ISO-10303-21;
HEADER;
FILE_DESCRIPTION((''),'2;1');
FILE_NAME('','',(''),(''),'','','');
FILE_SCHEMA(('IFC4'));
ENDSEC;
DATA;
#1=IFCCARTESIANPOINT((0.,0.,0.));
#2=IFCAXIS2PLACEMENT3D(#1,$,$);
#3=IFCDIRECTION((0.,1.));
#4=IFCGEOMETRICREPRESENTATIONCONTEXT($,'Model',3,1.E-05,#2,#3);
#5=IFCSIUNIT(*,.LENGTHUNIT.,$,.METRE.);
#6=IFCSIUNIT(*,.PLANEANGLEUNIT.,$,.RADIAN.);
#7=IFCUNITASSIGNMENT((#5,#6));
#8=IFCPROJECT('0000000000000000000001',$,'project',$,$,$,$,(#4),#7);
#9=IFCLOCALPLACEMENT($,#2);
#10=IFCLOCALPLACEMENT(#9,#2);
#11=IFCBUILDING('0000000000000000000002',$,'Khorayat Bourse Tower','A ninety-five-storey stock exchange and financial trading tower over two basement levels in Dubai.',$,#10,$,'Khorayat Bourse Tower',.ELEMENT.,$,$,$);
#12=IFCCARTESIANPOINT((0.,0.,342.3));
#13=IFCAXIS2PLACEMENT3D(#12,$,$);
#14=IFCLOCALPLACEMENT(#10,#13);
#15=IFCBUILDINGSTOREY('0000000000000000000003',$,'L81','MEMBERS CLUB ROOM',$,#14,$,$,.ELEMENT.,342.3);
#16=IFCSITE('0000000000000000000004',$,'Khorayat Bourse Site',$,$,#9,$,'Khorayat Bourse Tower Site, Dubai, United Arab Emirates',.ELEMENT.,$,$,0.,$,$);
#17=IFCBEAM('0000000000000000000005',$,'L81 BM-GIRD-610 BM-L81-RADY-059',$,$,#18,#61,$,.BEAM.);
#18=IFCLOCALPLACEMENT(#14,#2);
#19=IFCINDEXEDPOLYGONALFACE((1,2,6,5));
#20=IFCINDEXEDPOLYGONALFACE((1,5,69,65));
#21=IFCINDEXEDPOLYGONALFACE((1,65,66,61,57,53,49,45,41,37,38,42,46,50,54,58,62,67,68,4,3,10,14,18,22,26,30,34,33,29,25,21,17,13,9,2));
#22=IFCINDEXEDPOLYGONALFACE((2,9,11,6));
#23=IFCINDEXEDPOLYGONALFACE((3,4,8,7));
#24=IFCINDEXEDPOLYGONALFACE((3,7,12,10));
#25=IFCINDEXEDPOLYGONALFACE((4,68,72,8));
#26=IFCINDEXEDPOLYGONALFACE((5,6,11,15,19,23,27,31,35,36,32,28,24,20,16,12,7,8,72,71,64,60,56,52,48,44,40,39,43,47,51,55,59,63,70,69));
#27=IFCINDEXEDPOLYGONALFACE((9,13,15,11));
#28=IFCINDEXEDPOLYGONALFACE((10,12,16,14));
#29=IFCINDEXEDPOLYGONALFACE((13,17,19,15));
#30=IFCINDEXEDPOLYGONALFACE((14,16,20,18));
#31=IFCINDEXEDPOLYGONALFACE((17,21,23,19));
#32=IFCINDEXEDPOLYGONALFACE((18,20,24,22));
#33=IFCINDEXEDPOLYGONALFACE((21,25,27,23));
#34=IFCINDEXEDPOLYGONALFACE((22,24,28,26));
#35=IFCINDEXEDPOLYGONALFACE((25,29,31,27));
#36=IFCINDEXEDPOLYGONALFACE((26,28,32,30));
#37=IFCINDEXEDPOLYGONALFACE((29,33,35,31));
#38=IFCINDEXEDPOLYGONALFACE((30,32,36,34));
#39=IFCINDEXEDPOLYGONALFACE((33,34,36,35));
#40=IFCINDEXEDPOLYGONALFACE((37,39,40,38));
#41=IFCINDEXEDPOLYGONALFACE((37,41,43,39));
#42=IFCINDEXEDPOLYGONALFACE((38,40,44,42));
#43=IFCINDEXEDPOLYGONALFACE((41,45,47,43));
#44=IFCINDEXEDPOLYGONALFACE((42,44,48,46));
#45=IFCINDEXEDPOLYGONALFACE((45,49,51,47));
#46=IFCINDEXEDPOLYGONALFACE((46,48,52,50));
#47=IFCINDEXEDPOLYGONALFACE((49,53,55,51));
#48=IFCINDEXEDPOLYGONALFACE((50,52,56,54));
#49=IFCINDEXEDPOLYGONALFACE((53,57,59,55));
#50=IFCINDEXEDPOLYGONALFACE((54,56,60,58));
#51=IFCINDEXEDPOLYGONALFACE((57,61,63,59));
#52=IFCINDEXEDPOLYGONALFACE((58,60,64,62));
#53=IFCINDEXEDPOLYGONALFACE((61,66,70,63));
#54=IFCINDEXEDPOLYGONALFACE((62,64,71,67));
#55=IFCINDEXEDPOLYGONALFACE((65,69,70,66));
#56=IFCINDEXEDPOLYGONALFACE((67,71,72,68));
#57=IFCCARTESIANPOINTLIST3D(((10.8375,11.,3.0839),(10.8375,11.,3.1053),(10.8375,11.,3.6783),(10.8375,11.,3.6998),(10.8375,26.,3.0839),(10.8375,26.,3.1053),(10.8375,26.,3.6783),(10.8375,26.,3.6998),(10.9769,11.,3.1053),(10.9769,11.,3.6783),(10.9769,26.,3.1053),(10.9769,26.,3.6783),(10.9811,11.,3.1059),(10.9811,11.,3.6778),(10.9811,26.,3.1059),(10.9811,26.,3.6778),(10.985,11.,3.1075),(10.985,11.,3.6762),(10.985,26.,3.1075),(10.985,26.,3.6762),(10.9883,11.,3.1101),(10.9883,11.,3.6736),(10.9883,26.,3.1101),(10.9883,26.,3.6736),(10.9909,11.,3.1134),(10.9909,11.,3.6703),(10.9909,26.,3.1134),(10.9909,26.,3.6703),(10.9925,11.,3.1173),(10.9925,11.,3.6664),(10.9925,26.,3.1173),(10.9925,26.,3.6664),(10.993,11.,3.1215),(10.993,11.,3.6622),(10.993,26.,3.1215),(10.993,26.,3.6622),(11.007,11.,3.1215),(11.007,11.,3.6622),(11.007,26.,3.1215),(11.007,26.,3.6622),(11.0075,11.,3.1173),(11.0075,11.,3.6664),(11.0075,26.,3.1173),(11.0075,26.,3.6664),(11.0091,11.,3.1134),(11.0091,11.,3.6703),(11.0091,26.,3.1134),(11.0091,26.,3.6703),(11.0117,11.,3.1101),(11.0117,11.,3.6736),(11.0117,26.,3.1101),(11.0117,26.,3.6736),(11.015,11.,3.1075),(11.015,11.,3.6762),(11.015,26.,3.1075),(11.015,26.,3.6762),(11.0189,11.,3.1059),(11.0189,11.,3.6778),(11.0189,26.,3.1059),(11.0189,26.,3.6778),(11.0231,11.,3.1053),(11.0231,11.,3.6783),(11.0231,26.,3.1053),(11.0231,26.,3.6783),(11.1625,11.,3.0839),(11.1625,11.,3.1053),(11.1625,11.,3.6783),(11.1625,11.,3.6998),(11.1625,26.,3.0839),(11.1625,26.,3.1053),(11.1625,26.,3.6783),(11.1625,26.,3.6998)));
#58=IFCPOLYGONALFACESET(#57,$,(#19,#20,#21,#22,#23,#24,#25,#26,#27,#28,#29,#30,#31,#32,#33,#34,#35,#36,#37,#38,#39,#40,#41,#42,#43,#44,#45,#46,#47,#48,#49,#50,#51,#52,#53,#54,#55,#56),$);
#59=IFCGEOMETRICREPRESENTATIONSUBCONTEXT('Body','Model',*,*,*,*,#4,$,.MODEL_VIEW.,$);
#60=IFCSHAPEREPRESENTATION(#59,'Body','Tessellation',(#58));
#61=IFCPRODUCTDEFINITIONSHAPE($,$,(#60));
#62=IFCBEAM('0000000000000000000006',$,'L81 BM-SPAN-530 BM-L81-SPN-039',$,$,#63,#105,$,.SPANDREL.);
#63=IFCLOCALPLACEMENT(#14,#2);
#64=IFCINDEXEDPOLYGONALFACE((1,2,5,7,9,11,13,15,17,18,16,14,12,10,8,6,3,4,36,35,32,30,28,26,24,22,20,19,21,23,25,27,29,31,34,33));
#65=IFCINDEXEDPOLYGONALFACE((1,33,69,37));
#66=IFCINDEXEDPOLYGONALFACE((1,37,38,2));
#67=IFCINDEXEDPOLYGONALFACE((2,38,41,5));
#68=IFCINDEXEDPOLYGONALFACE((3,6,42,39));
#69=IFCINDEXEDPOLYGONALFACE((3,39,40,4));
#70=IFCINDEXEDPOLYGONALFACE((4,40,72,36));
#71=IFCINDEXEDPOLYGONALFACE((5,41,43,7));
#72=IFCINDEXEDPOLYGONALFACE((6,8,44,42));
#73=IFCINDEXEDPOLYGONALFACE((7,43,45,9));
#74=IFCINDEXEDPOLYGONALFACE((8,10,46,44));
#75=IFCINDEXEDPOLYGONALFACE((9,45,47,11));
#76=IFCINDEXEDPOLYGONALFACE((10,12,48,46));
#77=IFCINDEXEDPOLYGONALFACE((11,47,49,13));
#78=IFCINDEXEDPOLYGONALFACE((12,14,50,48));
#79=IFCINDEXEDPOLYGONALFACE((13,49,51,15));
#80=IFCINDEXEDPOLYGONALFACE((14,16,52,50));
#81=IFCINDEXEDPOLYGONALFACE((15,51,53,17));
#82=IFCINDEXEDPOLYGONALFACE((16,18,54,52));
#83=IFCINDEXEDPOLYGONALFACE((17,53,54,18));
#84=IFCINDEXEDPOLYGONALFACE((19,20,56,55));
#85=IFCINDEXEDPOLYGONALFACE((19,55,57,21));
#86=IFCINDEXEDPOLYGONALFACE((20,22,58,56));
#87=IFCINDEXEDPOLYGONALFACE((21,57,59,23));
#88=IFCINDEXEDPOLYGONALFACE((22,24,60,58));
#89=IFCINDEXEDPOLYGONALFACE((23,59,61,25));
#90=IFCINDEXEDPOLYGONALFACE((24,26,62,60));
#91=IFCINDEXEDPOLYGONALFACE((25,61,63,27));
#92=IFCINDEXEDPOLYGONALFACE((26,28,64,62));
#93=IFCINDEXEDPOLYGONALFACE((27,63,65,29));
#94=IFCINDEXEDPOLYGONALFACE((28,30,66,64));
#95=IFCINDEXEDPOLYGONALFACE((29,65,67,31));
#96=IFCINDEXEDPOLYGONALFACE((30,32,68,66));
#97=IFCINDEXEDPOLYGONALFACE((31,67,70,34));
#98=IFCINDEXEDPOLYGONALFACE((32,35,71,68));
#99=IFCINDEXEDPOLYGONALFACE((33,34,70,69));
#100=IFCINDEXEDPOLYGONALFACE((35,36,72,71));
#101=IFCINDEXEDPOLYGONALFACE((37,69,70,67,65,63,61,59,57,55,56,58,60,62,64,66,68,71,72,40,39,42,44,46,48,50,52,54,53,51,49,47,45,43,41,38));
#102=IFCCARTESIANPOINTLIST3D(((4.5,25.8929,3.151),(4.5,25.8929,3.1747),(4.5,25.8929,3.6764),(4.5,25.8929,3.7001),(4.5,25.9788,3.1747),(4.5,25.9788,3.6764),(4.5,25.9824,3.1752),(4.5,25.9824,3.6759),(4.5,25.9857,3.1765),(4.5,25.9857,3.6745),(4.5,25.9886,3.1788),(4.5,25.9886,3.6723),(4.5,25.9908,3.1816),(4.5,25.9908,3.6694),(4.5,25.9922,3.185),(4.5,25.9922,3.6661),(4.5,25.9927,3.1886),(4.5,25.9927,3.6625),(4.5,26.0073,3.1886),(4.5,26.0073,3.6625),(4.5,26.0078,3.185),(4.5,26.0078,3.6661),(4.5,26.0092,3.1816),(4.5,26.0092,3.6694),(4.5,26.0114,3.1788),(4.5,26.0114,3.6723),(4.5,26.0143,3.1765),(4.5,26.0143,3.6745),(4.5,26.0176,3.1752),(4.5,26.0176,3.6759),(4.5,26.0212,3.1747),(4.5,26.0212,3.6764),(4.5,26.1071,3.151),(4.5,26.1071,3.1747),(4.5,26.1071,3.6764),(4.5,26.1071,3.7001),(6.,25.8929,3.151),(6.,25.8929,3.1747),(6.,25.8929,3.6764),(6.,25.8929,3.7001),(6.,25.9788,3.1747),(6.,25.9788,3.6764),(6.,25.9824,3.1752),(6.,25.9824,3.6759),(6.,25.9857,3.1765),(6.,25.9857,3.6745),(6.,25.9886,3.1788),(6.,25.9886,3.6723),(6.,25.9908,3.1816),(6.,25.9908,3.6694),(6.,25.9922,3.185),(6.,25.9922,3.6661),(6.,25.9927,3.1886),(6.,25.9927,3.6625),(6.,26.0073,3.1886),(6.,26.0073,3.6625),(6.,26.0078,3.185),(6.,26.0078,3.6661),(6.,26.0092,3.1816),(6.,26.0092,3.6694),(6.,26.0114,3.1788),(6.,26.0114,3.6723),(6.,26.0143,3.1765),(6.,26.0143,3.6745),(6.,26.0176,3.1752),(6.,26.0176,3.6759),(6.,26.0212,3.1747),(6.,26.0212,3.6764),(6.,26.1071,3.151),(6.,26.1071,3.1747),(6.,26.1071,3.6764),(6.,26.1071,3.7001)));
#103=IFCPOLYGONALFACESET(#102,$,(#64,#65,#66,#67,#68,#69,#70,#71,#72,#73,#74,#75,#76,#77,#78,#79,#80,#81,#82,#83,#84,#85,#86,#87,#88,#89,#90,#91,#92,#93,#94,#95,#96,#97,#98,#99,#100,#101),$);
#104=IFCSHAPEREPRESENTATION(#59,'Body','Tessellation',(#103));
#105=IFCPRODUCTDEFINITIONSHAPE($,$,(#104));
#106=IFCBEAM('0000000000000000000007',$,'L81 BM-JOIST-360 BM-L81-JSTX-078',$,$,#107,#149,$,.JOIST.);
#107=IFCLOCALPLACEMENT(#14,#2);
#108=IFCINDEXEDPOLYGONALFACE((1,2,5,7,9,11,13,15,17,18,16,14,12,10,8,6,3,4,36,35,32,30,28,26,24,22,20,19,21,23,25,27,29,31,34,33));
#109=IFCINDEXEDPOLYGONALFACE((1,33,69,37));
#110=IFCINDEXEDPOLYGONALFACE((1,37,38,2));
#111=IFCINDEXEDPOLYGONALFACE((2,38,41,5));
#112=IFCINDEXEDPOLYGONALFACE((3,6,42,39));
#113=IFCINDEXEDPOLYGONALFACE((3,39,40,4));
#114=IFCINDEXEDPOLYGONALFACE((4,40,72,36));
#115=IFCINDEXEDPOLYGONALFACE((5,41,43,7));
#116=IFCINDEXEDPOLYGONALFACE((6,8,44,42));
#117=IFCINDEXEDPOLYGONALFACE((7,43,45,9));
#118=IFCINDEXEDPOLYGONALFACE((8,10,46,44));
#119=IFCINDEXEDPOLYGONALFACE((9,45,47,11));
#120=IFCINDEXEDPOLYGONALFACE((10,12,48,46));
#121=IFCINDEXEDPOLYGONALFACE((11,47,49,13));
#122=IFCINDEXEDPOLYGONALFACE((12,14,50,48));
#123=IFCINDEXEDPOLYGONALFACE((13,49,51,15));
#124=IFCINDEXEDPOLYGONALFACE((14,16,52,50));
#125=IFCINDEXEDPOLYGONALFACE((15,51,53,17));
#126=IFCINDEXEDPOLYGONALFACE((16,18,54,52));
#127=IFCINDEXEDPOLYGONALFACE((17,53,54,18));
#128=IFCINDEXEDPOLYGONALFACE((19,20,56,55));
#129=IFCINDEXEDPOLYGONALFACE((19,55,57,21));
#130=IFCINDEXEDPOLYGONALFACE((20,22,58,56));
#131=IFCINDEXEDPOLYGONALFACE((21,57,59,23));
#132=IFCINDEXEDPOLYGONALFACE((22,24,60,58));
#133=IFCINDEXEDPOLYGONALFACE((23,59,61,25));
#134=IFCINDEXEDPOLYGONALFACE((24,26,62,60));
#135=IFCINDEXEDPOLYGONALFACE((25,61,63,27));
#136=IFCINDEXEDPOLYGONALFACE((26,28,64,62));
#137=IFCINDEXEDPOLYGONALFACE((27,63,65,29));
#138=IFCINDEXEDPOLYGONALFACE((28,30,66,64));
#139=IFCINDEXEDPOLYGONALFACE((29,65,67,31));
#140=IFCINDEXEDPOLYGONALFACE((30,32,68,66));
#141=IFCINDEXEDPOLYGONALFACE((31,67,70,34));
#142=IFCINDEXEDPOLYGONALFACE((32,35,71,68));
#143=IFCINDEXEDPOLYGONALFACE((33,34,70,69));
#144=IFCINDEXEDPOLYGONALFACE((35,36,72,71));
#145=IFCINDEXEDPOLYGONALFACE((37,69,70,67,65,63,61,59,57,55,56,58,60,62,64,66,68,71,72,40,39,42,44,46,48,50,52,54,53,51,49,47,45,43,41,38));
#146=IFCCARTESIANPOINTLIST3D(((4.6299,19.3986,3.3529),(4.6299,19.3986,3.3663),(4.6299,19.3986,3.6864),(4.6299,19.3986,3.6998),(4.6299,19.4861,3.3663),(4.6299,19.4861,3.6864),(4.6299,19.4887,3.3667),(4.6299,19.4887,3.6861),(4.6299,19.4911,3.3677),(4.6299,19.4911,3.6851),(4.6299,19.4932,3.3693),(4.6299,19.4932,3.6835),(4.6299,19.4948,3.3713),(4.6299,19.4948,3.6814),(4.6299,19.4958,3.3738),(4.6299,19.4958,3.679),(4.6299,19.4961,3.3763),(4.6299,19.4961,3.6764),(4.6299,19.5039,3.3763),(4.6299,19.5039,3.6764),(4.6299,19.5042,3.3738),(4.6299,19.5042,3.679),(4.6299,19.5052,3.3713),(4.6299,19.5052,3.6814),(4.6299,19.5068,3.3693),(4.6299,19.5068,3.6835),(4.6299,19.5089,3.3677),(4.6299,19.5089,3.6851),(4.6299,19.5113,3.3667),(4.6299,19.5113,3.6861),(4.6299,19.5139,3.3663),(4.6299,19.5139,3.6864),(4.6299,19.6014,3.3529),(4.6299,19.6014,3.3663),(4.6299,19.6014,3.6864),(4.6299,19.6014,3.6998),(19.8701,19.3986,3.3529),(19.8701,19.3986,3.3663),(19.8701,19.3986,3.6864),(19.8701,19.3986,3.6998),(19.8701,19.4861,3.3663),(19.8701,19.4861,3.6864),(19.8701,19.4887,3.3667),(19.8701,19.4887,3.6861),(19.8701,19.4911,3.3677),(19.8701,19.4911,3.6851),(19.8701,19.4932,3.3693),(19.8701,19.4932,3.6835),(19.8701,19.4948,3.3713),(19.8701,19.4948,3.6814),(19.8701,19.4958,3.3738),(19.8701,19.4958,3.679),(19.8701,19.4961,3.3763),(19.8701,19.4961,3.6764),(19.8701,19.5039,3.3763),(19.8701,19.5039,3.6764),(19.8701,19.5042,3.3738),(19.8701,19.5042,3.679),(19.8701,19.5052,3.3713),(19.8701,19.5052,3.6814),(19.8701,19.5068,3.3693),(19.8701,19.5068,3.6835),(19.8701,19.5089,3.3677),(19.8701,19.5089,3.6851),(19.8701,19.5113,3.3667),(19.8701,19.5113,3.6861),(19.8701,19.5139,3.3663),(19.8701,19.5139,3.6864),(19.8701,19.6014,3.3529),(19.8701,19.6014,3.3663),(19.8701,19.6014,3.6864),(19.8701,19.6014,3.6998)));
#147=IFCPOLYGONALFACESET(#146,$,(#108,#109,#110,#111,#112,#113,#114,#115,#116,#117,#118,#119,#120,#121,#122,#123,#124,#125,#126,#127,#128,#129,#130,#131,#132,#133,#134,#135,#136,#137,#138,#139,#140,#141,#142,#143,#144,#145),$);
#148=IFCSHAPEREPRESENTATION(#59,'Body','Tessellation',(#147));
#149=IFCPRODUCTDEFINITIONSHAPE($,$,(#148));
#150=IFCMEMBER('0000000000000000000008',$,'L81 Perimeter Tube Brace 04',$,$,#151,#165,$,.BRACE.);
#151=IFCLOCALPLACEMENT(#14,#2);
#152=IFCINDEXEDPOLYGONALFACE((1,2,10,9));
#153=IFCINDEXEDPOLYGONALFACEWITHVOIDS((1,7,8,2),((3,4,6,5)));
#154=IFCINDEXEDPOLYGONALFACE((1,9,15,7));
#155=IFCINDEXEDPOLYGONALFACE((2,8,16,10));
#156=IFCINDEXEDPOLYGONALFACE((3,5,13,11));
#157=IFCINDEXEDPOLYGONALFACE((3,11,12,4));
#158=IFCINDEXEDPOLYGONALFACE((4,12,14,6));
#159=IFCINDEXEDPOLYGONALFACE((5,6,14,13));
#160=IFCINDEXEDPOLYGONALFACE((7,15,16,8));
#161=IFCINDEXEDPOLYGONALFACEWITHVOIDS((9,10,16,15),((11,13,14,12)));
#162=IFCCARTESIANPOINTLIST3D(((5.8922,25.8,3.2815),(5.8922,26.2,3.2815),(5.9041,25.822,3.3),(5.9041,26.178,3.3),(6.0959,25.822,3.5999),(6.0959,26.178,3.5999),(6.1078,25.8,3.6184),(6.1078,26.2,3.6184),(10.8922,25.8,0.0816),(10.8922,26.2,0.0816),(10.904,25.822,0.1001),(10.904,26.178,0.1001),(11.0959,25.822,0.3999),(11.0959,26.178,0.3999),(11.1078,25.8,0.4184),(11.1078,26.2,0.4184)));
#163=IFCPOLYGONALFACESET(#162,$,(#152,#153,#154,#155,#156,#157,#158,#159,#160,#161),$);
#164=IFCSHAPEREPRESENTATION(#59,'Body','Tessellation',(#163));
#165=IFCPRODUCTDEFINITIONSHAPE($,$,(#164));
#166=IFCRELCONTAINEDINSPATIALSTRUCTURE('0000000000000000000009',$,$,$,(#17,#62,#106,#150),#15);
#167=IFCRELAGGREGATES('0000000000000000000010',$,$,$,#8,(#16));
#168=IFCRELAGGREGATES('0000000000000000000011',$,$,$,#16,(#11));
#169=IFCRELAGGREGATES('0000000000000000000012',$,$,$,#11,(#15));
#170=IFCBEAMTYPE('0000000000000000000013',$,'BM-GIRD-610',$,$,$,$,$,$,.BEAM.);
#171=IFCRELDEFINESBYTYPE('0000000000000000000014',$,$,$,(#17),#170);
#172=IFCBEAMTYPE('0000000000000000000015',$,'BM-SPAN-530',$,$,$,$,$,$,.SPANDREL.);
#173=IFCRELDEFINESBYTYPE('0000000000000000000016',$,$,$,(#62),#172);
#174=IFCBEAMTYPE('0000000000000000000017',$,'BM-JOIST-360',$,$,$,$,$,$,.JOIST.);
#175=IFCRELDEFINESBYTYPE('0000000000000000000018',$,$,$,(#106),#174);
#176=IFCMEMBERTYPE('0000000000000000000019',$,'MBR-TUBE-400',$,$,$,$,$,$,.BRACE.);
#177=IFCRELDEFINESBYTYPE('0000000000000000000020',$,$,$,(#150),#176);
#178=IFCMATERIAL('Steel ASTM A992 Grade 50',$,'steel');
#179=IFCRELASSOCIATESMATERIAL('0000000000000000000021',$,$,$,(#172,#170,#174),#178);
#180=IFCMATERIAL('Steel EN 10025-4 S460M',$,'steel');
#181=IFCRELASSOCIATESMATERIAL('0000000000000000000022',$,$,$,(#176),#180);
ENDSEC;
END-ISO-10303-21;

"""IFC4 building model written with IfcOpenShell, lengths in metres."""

from ifc_helpers import new_model, si_unit, direction, frame, origin, origin_2d, place, context, subcontext, project, spatial, hollow_rectangle, i_section, extrude, source, transform, mapped, material, material_profile, profile_set, type_object, element, save


model = new_model("IFC4")

# Units and contexts
model_context = context("Model", 3, precision=1e-05, world=origin(), true_north=direction((0.0, 1.0)))
body_context = subcontext(model_context, "Body", "Model", "MODEL_VIEW")
ifc_project = project(units=[si_unit("LENGTHUNIT", "METRE"), si_unit("PLANEANGLEUNIT", "RADIAN")], contexts=[model_context])

# Site, building, storey
site_placement = place(None, origin())
site = spatial("IfcSite", under=ifc_project, at=site_placement, Name="Khorayat Bourse Site", LongName="Khorayat Bourse Tower Site, Dubai, United Arab Emirates", CompositionType="ELEMENT", RefElevation=0.0)
building_placement = place(site_placement, origin())
building = spatial("IfcBuilding", under=site, at=building_placement, Name="Khorayat Bourse Tower", Description="A ninety-five-storey stock exchange and financial trading tower over two basement levels in Dubai.", LongName="Khorayat Bourse Tower", CompositionType="ELEMENT")
storey_placement = place(building_placement, frame((0.0, 0.0, 342.3)))
storey = spatial("IfcBuildingStorey", under=building, at=storey_placement, Name="L81", Description="MEMBERS CLUB ROOM", CompositionType="ELEMENT", Elevation=342.3)

# Beams
ifc_material_1 = material(Name="Steel ASTM A992 Grade 50", Category="steel")
ifc_material_profile_1 = material_profile(ifc_material_1, i_section(OverallWidth=0.2141, OverallDepth=0.5491, WebThickness=0.0146, FlangeThickness=0.0237, FilletRadius=0.0139, at=origin_2d()), Name="W530X138")
ifc_profile_set_1 = profile_set([ifc_material_profile_1], Name="Steel ASTM A992 Grade 50")
beam_type_1 = type_object("IfcBeamType", Name="BM-SPAN-530", PredefinedType="SPANDREL", material=ifc_profile_set_1)
ifc_material_profile_2 = material_profile(ifc_material_1, i_section(OverallWidth=0.325, OverallDepth=0.616, WebThickness=0.0139, FlangeThickness=0.0215, FilletRadius=0.0161, at=origin_2d()), Name="W610X174")
ifc_profile_set_2 = profile_set([ifc_material_profile_2], Name="Steel ASTM A992 Grade 50")
beam_type_2 = type_object("IfcBeamType", Name="BM-GIRD-610", PredefinedType="BEAM", material=ifc_profile_set_2)
shared_shape_1 = source(origin(), body_context, "Body", "SweptSolid", [
    extrude(i_section(OverallWidth=0.325, OverallDepth=0.616, WebThickness=0.0139, FlangeThickness=0.0215, FilletRadius=0.0161, at=origin_2d()), origin(), (0.0, 0.0, 1.0), 15.0),
])
for number, where, z_axis, x_axis, name in (
    (1, (11.0, 11.0, 3.3918), (0.0, 1.0, 0.0), (-1.0, 0.0, 0.0), "L81 BM-GIRD-610 BM-L81-RADY-059"),
):
    element("IfcBeam", number, at=place(storey_placement, frame(where, z_axis=z_axis, x_axis=x_axis)), inside=storey, type_object=beam_type_2, Name=name, PredefinedType="BEAM", context=body_context, shape_type="MappedRepresentation", body=[
        mapped(shared_shape_1, transform((0.0, 0.0, 0.0), scale=1.0)),
    ])
shared_shape_2 = source(origin(), body_context, "Body", "SweptSolid", [
    extrude(i_section(OverallWidth=0.2141, OverallDepth=0.5491, WebThickness=0.0146, FlangeThickness=0.0237, FilletRadius=0.0139, at=origin_2d()), origin(), (0.0, 0.0, 1.0), 1.5),
])
beam_1_placement = place(storey_placement, frame((4.5, 26.0, 3.4255), z_axis=(1.0, 0.0, 0.0), x_axis=(0.0, 1.0, 0.0)))
element("IfcBeam", 2, at=beam_1_placement, inside=storey, type_object=beam_type_1, Name="L81 BM-SPAN-530 BM-L81-SPN-039", PredefinedType="SPANDREL", context=body_context, shape_type="MappedRepresentation", body=[
    mapped(shared_shape_2, transform((0.0, 0.0, 0.0), scale=1.0)),
])
ifc_material_profile_3 = material_profile(ifc_material_1, i_section(OverallWidth=0.2029, OverallDepth=0.3469, WebThickness=0.0078, FlangeThickness=0.0134, FilletRadius=0.01, at=origin_2d()), Name="W360X64")
ifc_profile_set_3 = profile_set([ifc_material_profile_3], Name="Steel ASTM A992 Grade 50")
beam_type_3 = type_object("IfcBeamType", Name="BM-JOIST-360", PredefinedType="JOIST", material=ifc_profile_set_3)
shared_shape_3 = source(origin(), body_context, "Body", "SweptSolid", [
    extrude(i_section(OverallWidth=0.2029, OverallDepth=0.3469, WebThickness=0.0078, FlangeThickness=0.0134, FilletRadius=0.01, at=origin_2d()), origin(), (0.0, 0.0, 1.0), 15.2402),
])
beam_2_placement = place(storey_placement, frame((4.6299, 19.5, 3.5264), z_axis=(1.0, 0.0, 0.0), x_axis=(0.0, 1.0, 0.0)))
element("IfcBeam", 3, at=beam_2_placement, inside=storey, type_object=beam_type_3, Name="L81 BM-JOIST-360 BM-L81-JSTX-078", PredefinedType="JOIST", context=body_context, shape_type="MappedRepresentation", body=[
    mapped(shared_shape_3, transform((0.0, 0.0, 0.0), scale=1.0)),
])

# Member
ifc_material_2 = material(Name="Steel EN 10025-4 S460M", Category="steel")
ifc_material_profile_4 = material_profile(ifc_material_2, hollow_rectangle(XDim=0.3999, YDim=0.3999, WallThickness=0.022, at=origin_2d()), Name="HSS 400x400x22")
ifc_profile_set_4 = profile_set([ifc_material_profile_4], Name="Steel EN 10025-4 S460M")
member_type_1 = type_object("IfcMemberType", Name="MBR-TUBE-400", PredefinedType="BRACE", material=ifc_profile_set_4)
shared_shape_4 = source(origin(), body_context, "Body", "SweptSolid", [
    extrude(hollow_rectangle(XDim=0.3999, YDim=0.3999, WallThickness=0.022, at=origin_2d()), origin(), (0.0, 0.0, 1.0), 5.9363),
])
member_1_placement = place(storey_placement, frame((6.0, 26.0, 3.45), z_axis=(0.842275, 0.0, -0.539048), x_axis=(0.0, 1.0, 0.0)))
element("IfcMember", 4, at=member_1_placement, inside=storey, type_object=member_type_1, Name="L81 Perimeter Tube Brace 04", PredefinedType="BRACE", context=body_context, shape_type="MappedRepresentation", body=[
    mapped(shared_shape_4, transform((0.0, 0.0, 0.0), scale=1.0)),
])

save(model, "model.ifc")
